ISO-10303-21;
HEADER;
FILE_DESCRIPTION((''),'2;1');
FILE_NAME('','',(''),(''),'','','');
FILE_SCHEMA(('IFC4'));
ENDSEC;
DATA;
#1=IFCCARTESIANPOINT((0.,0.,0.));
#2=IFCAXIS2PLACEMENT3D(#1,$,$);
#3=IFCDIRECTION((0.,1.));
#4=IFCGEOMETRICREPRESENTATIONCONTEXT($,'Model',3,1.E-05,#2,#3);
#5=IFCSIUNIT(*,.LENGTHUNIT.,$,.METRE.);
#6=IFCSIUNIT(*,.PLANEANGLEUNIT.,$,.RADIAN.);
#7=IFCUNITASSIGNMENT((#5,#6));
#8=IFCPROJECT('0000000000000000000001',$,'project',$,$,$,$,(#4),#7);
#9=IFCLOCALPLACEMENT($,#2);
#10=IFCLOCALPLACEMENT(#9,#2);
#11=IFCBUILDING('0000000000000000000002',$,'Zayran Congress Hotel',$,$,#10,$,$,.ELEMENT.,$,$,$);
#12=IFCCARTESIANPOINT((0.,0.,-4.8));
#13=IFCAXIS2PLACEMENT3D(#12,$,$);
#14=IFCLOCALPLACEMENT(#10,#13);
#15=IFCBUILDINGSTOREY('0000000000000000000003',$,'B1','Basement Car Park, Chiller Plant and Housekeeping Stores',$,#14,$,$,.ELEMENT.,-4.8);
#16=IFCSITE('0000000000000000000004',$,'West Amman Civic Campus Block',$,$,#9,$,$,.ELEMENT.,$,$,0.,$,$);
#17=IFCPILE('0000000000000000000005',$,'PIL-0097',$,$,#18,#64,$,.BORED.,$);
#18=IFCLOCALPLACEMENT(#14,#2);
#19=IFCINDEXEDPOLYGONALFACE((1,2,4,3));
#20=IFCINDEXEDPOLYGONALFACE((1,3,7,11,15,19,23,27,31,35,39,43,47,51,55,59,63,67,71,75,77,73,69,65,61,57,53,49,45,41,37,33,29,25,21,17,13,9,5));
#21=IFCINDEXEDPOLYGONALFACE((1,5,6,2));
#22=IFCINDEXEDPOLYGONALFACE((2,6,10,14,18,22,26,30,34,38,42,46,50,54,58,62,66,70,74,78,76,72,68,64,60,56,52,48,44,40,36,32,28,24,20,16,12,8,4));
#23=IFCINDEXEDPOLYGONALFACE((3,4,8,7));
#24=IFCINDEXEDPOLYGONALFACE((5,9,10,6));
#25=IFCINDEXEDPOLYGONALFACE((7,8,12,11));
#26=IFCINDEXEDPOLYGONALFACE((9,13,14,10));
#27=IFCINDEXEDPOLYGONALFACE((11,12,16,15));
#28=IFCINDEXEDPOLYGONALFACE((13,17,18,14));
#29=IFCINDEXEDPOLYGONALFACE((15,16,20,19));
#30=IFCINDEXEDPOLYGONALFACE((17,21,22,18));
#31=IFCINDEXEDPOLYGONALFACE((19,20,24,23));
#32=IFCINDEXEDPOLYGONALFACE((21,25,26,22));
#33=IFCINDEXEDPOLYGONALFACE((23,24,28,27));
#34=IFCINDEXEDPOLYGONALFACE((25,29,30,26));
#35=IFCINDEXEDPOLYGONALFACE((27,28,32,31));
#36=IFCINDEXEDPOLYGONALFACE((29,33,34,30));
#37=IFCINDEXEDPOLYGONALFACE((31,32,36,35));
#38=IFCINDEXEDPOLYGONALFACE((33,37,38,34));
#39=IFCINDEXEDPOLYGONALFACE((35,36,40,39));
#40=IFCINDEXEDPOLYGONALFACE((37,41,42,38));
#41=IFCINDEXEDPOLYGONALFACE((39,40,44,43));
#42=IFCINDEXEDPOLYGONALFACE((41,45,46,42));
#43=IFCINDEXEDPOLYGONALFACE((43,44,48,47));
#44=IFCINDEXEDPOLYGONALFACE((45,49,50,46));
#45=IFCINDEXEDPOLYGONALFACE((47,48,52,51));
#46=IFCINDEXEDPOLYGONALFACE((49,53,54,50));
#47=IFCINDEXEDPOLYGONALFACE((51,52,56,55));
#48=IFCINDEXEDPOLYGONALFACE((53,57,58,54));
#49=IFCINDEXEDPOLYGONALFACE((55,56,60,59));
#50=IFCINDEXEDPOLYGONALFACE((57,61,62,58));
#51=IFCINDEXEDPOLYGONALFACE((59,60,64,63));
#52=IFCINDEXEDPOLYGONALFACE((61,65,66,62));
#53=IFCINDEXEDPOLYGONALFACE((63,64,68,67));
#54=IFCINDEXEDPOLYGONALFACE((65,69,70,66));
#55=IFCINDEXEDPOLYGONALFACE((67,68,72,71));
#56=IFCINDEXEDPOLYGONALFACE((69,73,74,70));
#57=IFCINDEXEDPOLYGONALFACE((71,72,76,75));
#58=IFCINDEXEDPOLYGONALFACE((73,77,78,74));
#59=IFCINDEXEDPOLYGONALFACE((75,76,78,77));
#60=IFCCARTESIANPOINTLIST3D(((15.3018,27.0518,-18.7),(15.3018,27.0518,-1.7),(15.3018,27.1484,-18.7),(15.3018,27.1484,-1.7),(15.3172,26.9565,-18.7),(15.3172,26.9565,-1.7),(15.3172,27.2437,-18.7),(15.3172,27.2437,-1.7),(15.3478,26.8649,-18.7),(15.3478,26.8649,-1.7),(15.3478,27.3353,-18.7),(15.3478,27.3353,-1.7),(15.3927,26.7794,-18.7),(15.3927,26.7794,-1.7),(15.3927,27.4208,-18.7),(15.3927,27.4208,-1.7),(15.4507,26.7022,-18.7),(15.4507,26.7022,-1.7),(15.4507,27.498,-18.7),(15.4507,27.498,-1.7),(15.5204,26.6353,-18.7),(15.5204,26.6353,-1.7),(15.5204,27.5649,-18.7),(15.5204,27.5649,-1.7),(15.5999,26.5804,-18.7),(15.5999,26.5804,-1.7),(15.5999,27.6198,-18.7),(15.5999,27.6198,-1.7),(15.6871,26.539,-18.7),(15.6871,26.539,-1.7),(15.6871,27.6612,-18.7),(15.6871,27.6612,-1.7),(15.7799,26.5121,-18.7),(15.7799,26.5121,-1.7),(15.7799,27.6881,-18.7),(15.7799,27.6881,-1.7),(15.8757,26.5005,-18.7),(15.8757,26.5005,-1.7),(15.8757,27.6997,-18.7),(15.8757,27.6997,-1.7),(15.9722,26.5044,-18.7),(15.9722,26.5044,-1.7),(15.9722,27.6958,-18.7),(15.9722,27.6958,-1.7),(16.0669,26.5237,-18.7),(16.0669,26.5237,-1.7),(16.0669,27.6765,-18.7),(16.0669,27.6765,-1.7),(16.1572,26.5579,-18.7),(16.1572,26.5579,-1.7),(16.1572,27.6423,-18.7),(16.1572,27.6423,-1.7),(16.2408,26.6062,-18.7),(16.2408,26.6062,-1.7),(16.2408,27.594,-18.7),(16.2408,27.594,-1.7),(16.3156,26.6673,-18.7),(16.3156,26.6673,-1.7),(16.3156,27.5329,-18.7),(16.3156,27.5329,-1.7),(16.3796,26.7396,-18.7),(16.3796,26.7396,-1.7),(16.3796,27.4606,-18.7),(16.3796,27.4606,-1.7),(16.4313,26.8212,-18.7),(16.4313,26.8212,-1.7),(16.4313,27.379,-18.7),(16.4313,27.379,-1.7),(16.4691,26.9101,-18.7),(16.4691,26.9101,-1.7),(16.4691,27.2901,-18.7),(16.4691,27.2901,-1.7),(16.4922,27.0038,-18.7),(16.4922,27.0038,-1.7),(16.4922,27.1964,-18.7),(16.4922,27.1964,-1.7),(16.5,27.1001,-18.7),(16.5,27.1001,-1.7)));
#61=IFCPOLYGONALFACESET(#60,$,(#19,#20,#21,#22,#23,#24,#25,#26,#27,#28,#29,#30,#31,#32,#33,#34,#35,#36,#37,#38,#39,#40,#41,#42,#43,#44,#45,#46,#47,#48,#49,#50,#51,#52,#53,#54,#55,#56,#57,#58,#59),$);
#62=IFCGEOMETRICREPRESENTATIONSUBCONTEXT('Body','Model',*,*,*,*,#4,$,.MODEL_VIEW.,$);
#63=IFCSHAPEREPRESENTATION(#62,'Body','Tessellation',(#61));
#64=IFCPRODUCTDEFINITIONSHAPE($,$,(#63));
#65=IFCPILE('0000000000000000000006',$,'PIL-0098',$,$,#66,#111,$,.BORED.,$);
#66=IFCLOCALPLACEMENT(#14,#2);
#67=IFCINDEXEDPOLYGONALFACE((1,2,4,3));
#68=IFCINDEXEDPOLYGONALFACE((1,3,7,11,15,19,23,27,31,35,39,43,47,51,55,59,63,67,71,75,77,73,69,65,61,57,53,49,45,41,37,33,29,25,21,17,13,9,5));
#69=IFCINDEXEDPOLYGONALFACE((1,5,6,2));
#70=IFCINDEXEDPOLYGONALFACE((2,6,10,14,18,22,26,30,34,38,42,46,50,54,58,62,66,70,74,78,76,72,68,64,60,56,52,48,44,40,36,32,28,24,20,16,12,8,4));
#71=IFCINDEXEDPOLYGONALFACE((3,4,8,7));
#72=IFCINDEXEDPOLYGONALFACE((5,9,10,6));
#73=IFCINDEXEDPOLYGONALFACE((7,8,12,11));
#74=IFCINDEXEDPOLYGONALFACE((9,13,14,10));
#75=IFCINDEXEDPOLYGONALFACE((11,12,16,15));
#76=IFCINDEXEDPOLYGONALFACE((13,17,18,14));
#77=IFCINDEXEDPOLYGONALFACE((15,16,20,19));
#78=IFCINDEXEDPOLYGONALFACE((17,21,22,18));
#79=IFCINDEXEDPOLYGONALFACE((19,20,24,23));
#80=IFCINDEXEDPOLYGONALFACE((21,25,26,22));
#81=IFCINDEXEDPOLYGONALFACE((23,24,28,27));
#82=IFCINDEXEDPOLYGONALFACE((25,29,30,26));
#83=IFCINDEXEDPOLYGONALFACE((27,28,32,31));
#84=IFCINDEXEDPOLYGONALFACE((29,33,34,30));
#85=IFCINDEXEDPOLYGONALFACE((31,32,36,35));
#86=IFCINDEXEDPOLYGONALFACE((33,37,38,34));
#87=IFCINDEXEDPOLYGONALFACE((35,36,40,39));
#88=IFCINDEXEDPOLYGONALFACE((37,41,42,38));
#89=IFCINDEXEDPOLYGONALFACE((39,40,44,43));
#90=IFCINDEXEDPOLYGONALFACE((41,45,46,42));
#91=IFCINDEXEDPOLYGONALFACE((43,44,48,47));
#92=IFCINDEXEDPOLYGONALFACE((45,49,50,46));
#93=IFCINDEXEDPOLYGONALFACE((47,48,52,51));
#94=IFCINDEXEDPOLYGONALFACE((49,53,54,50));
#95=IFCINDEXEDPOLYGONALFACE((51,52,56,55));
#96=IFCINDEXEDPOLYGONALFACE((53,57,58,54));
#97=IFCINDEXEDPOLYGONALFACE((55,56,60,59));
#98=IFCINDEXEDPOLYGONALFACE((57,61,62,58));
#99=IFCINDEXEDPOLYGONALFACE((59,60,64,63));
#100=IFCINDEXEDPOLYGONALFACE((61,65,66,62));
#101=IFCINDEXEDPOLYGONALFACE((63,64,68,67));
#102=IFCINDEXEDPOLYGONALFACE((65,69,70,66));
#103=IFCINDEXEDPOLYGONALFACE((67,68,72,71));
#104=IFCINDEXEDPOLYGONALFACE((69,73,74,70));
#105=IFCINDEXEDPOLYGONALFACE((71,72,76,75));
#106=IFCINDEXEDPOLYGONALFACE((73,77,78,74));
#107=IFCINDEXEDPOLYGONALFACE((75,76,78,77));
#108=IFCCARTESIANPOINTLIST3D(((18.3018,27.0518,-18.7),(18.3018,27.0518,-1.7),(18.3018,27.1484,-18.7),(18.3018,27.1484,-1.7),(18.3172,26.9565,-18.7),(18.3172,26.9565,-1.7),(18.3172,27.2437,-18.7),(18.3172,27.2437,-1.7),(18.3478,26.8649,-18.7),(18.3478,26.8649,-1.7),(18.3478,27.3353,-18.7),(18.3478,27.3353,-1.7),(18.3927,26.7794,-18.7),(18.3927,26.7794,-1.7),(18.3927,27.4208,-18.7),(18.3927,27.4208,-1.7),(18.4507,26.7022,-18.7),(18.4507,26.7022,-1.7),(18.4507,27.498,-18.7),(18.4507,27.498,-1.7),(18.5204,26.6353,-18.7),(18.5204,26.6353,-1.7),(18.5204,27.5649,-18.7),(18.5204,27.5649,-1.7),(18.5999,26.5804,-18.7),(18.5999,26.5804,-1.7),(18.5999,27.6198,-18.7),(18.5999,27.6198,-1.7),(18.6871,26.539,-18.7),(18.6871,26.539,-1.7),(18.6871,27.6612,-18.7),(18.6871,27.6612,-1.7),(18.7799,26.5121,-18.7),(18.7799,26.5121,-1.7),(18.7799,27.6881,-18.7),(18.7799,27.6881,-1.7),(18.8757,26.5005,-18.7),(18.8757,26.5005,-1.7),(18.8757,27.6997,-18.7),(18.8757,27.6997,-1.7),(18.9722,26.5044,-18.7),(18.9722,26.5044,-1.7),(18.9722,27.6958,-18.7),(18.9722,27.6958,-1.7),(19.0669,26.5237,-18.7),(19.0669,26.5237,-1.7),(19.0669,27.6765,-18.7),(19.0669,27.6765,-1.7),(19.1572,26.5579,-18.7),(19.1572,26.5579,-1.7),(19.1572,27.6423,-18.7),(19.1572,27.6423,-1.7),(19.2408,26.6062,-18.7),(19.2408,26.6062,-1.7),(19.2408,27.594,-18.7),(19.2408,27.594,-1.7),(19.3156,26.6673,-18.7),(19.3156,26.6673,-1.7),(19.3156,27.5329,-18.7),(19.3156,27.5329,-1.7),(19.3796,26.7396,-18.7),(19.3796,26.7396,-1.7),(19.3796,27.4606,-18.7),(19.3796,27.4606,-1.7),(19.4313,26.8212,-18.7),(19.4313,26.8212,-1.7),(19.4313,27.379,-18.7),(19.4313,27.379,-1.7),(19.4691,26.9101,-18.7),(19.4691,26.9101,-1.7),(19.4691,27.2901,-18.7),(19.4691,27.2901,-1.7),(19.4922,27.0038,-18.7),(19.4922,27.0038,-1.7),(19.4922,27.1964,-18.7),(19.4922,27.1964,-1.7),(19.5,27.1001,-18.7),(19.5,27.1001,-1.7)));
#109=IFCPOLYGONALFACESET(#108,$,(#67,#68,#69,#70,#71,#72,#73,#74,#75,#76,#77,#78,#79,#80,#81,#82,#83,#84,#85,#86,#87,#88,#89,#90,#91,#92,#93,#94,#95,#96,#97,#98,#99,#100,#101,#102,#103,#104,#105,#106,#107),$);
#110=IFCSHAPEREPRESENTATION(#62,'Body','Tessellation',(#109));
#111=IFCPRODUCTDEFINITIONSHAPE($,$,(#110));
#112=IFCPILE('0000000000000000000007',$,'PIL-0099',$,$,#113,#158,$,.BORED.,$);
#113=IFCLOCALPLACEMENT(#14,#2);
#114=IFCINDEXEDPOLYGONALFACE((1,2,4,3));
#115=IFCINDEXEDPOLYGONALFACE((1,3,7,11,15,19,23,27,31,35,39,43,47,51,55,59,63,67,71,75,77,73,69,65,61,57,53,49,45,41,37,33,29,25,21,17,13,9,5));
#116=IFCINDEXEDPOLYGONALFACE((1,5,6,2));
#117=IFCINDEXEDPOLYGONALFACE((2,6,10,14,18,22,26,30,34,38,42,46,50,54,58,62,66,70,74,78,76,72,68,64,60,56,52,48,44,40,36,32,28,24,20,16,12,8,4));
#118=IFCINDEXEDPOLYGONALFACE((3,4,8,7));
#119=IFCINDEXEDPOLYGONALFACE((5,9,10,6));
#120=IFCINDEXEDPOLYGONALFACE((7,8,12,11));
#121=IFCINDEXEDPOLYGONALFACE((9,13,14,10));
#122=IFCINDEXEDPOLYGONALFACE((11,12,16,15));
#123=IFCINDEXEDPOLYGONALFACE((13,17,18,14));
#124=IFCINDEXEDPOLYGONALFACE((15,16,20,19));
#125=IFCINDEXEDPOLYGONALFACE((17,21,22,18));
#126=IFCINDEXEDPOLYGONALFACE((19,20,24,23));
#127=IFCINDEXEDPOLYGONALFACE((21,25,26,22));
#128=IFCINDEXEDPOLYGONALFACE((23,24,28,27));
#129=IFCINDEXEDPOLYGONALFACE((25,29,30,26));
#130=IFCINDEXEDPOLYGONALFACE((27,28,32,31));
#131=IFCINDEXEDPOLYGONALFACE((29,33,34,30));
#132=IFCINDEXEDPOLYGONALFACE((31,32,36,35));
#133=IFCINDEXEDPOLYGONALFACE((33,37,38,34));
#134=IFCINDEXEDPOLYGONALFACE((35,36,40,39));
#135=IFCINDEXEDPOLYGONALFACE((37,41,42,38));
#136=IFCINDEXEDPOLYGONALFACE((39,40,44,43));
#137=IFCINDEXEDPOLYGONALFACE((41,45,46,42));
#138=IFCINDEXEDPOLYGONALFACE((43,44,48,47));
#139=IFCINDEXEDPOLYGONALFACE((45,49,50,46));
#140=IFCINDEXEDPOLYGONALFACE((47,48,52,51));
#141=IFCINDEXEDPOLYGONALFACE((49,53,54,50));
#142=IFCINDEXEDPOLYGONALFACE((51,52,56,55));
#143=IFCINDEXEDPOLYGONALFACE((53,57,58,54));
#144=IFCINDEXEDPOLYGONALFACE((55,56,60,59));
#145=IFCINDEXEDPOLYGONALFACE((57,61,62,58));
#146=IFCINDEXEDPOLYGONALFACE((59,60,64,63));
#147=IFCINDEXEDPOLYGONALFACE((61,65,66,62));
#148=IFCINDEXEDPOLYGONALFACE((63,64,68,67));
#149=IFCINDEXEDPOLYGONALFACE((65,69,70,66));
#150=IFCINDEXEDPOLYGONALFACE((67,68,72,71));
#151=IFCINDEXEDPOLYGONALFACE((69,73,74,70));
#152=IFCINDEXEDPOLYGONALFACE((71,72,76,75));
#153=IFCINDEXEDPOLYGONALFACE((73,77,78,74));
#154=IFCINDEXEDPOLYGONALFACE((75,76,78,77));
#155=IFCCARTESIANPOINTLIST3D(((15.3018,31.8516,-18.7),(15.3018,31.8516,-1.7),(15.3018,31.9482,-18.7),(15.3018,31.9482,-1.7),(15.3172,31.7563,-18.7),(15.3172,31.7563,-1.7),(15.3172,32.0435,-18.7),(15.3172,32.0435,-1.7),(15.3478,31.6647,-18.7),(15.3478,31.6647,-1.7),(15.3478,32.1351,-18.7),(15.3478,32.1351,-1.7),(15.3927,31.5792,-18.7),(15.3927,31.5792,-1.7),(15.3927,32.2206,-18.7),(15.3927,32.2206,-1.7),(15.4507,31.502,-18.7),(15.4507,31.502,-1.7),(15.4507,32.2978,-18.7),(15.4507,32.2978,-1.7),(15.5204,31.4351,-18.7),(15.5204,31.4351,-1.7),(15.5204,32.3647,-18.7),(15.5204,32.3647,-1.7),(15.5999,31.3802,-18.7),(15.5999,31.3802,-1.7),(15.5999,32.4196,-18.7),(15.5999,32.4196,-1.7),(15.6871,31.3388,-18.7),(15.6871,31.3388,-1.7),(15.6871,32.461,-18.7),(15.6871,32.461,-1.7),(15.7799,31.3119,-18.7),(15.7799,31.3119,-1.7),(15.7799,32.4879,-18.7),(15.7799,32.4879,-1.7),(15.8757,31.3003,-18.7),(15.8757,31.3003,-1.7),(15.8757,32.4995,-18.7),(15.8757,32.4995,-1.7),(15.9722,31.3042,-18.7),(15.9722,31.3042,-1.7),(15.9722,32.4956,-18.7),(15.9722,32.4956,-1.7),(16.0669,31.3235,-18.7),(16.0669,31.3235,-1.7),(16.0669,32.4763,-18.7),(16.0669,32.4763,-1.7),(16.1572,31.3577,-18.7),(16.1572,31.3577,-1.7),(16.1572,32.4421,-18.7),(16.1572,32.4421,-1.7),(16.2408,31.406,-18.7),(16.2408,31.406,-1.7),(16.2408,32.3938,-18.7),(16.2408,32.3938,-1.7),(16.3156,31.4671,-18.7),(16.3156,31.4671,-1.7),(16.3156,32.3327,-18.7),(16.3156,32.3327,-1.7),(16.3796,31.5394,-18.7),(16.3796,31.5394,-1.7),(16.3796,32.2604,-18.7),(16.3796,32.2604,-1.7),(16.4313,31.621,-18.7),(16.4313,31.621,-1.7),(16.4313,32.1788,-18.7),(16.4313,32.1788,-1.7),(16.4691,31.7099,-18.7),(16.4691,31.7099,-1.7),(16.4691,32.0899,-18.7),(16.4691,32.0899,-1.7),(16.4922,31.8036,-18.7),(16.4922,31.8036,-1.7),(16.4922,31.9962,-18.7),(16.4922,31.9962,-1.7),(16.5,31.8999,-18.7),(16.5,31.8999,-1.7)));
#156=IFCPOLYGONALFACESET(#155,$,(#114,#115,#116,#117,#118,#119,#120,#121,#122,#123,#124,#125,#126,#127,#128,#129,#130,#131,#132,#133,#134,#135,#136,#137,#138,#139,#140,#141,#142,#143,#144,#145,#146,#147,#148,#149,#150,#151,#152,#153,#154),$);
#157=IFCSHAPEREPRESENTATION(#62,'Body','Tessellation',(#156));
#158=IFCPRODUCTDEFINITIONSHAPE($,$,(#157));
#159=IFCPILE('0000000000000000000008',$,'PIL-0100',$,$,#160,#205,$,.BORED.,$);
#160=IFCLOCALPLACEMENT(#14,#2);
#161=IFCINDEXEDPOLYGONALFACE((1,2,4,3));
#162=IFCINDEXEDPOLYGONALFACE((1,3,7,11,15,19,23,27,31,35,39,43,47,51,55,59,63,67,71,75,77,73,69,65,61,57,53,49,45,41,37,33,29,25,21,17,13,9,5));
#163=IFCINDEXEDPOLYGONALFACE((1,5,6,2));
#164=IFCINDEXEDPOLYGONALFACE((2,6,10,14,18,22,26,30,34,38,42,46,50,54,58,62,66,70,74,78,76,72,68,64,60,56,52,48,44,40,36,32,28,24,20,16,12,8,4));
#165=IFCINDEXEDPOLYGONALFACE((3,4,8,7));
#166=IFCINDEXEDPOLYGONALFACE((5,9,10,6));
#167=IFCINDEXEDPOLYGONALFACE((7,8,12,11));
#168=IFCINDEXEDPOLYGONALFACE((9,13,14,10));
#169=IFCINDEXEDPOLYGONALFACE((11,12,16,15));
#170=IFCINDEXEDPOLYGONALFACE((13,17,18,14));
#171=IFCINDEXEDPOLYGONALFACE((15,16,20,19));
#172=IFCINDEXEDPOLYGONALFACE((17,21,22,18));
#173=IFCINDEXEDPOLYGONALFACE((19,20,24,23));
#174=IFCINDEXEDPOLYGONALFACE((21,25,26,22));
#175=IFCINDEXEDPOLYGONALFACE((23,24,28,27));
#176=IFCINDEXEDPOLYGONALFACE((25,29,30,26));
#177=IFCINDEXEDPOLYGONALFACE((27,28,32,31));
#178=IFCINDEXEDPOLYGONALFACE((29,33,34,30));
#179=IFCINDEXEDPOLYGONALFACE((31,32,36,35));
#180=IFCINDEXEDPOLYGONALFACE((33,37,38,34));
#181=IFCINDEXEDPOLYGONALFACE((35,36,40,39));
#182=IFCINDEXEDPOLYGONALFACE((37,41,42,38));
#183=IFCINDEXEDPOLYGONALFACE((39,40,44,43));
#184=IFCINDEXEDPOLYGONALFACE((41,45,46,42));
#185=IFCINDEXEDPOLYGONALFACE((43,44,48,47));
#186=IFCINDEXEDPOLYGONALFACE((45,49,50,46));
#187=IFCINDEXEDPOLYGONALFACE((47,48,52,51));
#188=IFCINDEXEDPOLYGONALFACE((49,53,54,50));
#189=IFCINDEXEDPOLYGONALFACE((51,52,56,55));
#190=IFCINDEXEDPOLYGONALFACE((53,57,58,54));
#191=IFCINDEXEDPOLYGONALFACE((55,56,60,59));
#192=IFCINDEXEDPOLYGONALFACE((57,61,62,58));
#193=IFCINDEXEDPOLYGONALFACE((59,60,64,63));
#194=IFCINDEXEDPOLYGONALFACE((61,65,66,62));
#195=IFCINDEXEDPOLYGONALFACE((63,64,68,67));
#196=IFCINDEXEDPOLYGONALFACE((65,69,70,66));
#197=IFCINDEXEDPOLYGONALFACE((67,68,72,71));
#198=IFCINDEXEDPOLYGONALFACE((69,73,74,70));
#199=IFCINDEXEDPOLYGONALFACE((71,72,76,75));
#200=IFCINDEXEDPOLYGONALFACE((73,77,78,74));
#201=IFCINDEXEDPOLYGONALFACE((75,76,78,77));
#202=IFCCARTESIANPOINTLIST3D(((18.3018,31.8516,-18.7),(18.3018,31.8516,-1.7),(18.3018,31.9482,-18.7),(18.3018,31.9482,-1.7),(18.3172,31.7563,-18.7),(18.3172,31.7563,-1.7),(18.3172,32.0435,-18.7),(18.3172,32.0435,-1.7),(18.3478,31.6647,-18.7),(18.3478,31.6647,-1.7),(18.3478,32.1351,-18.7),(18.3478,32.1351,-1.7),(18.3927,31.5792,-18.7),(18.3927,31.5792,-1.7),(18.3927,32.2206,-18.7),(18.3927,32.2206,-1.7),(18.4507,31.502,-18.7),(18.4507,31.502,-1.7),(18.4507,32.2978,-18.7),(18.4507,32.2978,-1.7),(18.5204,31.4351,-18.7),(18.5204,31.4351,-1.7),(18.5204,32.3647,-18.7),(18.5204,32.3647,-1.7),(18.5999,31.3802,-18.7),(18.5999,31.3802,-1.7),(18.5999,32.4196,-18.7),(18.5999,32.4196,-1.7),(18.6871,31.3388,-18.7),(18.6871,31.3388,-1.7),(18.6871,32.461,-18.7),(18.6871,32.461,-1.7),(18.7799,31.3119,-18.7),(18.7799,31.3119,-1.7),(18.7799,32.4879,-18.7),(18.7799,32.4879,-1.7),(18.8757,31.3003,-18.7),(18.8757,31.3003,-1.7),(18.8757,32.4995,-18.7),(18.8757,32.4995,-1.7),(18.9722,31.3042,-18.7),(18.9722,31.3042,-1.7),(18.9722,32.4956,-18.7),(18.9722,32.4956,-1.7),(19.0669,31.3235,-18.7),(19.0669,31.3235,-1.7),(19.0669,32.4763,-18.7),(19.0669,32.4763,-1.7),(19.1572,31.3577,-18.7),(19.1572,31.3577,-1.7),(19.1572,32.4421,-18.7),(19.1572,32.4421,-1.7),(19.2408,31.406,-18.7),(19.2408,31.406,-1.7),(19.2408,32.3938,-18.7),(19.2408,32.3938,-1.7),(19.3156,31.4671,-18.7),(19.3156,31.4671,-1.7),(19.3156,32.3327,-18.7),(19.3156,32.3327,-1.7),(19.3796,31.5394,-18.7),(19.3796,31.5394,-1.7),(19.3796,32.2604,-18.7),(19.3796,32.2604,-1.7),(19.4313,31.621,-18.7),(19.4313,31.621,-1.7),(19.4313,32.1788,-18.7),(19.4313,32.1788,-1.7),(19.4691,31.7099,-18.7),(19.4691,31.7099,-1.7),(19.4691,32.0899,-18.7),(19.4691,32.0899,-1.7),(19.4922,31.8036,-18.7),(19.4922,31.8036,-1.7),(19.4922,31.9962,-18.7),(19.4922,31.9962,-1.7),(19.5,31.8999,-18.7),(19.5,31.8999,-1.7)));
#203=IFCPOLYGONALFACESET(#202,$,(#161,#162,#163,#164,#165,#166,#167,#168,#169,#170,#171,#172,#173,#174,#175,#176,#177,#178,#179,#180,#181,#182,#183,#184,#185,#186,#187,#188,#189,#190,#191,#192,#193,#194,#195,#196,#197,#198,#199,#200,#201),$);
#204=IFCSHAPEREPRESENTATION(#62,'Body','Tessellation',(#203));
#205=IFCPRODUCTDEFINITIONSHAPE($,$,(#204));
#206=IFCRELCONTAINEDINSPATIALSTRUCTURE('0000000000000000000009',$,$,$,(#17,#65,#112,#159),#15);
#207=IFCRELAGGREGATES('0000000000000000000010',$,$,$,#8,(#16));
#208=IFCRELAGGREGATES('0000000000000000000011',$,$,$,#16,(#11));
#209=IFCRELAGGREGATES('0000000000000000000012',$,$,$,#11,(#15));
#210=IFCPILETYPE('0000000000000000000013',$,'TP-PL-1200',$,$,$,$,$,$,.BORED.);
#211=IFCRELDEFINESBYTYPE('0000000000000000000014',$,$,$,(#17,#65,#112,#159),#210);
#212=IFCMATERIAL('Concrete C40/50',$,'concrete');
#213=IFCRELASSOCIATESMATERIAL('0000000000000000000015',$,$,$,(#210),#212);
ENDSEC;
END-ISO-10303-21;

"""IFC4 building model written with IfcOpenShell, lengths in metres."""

from ifc_helpers import new_model, si_unit, direction, frame, origin, origin_2d, place, context, subcontext, project, spatial, circle, extrude, material, material_profile, profile_set, type_object, element, save


model = new_model("IFC4")

# Units and contexts
model_context = context("Model", 3, precision=1e-05, world=origin(), true_north=direction((0.0, 1.0)))
body_context = subcontext(model_context, "Body", "Model", "MODEL_VIEW")
ifc_project = project(units=[si_unit("LENGTHUNIT", "METRE"), si_unit("PLANEANGLEUNIT", "RADIAN")], contexts=[model_context])

# Site, building, storey
site_placement = place(None, origin())
site = spatial("IfcSite", under=ifc_project, at=site_placement, Name="West Amman Civic Campus Block", CompositionType="ELEMENT", RefElevation=0.0)
building_placement = place(site_placement, origin())
building = spatial("IfcBuilding", under=site, at=building_placement, Name="Zayran Congress Hotel", CompositionType="ELEMENT")
storey_placement = place(building_placement, frame((0.0, 0.0, -4.8)))
storey = spatial("IfcBuildingStorey", under=building, at=storey_placement, Name="B1", Description="Basement Car Park, Chiller Plant and Housekeeping Stores", CompositionType="ELEMENT", Elevation=-4.8)

# Piles
ifc_material = material(Name="Concrete C40/50", Category="concrete")
ifc_material_profile_1 = material_profile(ifc_material, circle(Radius=0.6001, at=origin_2d()), Name="PILE D1200")
ifc_profile_set_1 = profile_set([ifc_material_profile_1], Name="Concrete C40/50")
pile_type_1 = type_object("IfcPileType", Name="TP-PL-1200", PredefinedType="BORED", material=ifc_profile_set_1)
for number, where, z_axis, x_axis, name in (
    (1, (15.8999, 27.1001, -1.7), (0.0, 0.0, -1.0), (1.0, 0.0, 0.0), "PIL-0097"),
    (2, (18.8999, 27.1001, -1.7), (0.0, 0.0, -1.0), (1.0, 0.0, 0.0), "PIL-0098"),
    (3, (15.8999, 31.8999, -1.7), (0.0, 0.0, -1.0), (1.0, 0.0, 0.0), "PIL-0099"),
    (4, (18.8999, 31.8999, -1.7), (0.0, 0.0, -1.0), (1.0, 0.0, 0.0), "PIL-0100"),
):
    element("IfcPile", number, at=place(storey_placement, frame(where, z_axis=z_axis, x_axis=x_axis)), inside=storey, type_object=pile_type_1, Name=name, PredefinedType="BORED", context=body_context, shape_type="SweptSolid", body=[
        extrude(circle(Radius=0.6001, at=origin_2d()), origin(), (0.0, 0.0, 1.0), 17.0),
    ])

save(model, "model.ifc")
